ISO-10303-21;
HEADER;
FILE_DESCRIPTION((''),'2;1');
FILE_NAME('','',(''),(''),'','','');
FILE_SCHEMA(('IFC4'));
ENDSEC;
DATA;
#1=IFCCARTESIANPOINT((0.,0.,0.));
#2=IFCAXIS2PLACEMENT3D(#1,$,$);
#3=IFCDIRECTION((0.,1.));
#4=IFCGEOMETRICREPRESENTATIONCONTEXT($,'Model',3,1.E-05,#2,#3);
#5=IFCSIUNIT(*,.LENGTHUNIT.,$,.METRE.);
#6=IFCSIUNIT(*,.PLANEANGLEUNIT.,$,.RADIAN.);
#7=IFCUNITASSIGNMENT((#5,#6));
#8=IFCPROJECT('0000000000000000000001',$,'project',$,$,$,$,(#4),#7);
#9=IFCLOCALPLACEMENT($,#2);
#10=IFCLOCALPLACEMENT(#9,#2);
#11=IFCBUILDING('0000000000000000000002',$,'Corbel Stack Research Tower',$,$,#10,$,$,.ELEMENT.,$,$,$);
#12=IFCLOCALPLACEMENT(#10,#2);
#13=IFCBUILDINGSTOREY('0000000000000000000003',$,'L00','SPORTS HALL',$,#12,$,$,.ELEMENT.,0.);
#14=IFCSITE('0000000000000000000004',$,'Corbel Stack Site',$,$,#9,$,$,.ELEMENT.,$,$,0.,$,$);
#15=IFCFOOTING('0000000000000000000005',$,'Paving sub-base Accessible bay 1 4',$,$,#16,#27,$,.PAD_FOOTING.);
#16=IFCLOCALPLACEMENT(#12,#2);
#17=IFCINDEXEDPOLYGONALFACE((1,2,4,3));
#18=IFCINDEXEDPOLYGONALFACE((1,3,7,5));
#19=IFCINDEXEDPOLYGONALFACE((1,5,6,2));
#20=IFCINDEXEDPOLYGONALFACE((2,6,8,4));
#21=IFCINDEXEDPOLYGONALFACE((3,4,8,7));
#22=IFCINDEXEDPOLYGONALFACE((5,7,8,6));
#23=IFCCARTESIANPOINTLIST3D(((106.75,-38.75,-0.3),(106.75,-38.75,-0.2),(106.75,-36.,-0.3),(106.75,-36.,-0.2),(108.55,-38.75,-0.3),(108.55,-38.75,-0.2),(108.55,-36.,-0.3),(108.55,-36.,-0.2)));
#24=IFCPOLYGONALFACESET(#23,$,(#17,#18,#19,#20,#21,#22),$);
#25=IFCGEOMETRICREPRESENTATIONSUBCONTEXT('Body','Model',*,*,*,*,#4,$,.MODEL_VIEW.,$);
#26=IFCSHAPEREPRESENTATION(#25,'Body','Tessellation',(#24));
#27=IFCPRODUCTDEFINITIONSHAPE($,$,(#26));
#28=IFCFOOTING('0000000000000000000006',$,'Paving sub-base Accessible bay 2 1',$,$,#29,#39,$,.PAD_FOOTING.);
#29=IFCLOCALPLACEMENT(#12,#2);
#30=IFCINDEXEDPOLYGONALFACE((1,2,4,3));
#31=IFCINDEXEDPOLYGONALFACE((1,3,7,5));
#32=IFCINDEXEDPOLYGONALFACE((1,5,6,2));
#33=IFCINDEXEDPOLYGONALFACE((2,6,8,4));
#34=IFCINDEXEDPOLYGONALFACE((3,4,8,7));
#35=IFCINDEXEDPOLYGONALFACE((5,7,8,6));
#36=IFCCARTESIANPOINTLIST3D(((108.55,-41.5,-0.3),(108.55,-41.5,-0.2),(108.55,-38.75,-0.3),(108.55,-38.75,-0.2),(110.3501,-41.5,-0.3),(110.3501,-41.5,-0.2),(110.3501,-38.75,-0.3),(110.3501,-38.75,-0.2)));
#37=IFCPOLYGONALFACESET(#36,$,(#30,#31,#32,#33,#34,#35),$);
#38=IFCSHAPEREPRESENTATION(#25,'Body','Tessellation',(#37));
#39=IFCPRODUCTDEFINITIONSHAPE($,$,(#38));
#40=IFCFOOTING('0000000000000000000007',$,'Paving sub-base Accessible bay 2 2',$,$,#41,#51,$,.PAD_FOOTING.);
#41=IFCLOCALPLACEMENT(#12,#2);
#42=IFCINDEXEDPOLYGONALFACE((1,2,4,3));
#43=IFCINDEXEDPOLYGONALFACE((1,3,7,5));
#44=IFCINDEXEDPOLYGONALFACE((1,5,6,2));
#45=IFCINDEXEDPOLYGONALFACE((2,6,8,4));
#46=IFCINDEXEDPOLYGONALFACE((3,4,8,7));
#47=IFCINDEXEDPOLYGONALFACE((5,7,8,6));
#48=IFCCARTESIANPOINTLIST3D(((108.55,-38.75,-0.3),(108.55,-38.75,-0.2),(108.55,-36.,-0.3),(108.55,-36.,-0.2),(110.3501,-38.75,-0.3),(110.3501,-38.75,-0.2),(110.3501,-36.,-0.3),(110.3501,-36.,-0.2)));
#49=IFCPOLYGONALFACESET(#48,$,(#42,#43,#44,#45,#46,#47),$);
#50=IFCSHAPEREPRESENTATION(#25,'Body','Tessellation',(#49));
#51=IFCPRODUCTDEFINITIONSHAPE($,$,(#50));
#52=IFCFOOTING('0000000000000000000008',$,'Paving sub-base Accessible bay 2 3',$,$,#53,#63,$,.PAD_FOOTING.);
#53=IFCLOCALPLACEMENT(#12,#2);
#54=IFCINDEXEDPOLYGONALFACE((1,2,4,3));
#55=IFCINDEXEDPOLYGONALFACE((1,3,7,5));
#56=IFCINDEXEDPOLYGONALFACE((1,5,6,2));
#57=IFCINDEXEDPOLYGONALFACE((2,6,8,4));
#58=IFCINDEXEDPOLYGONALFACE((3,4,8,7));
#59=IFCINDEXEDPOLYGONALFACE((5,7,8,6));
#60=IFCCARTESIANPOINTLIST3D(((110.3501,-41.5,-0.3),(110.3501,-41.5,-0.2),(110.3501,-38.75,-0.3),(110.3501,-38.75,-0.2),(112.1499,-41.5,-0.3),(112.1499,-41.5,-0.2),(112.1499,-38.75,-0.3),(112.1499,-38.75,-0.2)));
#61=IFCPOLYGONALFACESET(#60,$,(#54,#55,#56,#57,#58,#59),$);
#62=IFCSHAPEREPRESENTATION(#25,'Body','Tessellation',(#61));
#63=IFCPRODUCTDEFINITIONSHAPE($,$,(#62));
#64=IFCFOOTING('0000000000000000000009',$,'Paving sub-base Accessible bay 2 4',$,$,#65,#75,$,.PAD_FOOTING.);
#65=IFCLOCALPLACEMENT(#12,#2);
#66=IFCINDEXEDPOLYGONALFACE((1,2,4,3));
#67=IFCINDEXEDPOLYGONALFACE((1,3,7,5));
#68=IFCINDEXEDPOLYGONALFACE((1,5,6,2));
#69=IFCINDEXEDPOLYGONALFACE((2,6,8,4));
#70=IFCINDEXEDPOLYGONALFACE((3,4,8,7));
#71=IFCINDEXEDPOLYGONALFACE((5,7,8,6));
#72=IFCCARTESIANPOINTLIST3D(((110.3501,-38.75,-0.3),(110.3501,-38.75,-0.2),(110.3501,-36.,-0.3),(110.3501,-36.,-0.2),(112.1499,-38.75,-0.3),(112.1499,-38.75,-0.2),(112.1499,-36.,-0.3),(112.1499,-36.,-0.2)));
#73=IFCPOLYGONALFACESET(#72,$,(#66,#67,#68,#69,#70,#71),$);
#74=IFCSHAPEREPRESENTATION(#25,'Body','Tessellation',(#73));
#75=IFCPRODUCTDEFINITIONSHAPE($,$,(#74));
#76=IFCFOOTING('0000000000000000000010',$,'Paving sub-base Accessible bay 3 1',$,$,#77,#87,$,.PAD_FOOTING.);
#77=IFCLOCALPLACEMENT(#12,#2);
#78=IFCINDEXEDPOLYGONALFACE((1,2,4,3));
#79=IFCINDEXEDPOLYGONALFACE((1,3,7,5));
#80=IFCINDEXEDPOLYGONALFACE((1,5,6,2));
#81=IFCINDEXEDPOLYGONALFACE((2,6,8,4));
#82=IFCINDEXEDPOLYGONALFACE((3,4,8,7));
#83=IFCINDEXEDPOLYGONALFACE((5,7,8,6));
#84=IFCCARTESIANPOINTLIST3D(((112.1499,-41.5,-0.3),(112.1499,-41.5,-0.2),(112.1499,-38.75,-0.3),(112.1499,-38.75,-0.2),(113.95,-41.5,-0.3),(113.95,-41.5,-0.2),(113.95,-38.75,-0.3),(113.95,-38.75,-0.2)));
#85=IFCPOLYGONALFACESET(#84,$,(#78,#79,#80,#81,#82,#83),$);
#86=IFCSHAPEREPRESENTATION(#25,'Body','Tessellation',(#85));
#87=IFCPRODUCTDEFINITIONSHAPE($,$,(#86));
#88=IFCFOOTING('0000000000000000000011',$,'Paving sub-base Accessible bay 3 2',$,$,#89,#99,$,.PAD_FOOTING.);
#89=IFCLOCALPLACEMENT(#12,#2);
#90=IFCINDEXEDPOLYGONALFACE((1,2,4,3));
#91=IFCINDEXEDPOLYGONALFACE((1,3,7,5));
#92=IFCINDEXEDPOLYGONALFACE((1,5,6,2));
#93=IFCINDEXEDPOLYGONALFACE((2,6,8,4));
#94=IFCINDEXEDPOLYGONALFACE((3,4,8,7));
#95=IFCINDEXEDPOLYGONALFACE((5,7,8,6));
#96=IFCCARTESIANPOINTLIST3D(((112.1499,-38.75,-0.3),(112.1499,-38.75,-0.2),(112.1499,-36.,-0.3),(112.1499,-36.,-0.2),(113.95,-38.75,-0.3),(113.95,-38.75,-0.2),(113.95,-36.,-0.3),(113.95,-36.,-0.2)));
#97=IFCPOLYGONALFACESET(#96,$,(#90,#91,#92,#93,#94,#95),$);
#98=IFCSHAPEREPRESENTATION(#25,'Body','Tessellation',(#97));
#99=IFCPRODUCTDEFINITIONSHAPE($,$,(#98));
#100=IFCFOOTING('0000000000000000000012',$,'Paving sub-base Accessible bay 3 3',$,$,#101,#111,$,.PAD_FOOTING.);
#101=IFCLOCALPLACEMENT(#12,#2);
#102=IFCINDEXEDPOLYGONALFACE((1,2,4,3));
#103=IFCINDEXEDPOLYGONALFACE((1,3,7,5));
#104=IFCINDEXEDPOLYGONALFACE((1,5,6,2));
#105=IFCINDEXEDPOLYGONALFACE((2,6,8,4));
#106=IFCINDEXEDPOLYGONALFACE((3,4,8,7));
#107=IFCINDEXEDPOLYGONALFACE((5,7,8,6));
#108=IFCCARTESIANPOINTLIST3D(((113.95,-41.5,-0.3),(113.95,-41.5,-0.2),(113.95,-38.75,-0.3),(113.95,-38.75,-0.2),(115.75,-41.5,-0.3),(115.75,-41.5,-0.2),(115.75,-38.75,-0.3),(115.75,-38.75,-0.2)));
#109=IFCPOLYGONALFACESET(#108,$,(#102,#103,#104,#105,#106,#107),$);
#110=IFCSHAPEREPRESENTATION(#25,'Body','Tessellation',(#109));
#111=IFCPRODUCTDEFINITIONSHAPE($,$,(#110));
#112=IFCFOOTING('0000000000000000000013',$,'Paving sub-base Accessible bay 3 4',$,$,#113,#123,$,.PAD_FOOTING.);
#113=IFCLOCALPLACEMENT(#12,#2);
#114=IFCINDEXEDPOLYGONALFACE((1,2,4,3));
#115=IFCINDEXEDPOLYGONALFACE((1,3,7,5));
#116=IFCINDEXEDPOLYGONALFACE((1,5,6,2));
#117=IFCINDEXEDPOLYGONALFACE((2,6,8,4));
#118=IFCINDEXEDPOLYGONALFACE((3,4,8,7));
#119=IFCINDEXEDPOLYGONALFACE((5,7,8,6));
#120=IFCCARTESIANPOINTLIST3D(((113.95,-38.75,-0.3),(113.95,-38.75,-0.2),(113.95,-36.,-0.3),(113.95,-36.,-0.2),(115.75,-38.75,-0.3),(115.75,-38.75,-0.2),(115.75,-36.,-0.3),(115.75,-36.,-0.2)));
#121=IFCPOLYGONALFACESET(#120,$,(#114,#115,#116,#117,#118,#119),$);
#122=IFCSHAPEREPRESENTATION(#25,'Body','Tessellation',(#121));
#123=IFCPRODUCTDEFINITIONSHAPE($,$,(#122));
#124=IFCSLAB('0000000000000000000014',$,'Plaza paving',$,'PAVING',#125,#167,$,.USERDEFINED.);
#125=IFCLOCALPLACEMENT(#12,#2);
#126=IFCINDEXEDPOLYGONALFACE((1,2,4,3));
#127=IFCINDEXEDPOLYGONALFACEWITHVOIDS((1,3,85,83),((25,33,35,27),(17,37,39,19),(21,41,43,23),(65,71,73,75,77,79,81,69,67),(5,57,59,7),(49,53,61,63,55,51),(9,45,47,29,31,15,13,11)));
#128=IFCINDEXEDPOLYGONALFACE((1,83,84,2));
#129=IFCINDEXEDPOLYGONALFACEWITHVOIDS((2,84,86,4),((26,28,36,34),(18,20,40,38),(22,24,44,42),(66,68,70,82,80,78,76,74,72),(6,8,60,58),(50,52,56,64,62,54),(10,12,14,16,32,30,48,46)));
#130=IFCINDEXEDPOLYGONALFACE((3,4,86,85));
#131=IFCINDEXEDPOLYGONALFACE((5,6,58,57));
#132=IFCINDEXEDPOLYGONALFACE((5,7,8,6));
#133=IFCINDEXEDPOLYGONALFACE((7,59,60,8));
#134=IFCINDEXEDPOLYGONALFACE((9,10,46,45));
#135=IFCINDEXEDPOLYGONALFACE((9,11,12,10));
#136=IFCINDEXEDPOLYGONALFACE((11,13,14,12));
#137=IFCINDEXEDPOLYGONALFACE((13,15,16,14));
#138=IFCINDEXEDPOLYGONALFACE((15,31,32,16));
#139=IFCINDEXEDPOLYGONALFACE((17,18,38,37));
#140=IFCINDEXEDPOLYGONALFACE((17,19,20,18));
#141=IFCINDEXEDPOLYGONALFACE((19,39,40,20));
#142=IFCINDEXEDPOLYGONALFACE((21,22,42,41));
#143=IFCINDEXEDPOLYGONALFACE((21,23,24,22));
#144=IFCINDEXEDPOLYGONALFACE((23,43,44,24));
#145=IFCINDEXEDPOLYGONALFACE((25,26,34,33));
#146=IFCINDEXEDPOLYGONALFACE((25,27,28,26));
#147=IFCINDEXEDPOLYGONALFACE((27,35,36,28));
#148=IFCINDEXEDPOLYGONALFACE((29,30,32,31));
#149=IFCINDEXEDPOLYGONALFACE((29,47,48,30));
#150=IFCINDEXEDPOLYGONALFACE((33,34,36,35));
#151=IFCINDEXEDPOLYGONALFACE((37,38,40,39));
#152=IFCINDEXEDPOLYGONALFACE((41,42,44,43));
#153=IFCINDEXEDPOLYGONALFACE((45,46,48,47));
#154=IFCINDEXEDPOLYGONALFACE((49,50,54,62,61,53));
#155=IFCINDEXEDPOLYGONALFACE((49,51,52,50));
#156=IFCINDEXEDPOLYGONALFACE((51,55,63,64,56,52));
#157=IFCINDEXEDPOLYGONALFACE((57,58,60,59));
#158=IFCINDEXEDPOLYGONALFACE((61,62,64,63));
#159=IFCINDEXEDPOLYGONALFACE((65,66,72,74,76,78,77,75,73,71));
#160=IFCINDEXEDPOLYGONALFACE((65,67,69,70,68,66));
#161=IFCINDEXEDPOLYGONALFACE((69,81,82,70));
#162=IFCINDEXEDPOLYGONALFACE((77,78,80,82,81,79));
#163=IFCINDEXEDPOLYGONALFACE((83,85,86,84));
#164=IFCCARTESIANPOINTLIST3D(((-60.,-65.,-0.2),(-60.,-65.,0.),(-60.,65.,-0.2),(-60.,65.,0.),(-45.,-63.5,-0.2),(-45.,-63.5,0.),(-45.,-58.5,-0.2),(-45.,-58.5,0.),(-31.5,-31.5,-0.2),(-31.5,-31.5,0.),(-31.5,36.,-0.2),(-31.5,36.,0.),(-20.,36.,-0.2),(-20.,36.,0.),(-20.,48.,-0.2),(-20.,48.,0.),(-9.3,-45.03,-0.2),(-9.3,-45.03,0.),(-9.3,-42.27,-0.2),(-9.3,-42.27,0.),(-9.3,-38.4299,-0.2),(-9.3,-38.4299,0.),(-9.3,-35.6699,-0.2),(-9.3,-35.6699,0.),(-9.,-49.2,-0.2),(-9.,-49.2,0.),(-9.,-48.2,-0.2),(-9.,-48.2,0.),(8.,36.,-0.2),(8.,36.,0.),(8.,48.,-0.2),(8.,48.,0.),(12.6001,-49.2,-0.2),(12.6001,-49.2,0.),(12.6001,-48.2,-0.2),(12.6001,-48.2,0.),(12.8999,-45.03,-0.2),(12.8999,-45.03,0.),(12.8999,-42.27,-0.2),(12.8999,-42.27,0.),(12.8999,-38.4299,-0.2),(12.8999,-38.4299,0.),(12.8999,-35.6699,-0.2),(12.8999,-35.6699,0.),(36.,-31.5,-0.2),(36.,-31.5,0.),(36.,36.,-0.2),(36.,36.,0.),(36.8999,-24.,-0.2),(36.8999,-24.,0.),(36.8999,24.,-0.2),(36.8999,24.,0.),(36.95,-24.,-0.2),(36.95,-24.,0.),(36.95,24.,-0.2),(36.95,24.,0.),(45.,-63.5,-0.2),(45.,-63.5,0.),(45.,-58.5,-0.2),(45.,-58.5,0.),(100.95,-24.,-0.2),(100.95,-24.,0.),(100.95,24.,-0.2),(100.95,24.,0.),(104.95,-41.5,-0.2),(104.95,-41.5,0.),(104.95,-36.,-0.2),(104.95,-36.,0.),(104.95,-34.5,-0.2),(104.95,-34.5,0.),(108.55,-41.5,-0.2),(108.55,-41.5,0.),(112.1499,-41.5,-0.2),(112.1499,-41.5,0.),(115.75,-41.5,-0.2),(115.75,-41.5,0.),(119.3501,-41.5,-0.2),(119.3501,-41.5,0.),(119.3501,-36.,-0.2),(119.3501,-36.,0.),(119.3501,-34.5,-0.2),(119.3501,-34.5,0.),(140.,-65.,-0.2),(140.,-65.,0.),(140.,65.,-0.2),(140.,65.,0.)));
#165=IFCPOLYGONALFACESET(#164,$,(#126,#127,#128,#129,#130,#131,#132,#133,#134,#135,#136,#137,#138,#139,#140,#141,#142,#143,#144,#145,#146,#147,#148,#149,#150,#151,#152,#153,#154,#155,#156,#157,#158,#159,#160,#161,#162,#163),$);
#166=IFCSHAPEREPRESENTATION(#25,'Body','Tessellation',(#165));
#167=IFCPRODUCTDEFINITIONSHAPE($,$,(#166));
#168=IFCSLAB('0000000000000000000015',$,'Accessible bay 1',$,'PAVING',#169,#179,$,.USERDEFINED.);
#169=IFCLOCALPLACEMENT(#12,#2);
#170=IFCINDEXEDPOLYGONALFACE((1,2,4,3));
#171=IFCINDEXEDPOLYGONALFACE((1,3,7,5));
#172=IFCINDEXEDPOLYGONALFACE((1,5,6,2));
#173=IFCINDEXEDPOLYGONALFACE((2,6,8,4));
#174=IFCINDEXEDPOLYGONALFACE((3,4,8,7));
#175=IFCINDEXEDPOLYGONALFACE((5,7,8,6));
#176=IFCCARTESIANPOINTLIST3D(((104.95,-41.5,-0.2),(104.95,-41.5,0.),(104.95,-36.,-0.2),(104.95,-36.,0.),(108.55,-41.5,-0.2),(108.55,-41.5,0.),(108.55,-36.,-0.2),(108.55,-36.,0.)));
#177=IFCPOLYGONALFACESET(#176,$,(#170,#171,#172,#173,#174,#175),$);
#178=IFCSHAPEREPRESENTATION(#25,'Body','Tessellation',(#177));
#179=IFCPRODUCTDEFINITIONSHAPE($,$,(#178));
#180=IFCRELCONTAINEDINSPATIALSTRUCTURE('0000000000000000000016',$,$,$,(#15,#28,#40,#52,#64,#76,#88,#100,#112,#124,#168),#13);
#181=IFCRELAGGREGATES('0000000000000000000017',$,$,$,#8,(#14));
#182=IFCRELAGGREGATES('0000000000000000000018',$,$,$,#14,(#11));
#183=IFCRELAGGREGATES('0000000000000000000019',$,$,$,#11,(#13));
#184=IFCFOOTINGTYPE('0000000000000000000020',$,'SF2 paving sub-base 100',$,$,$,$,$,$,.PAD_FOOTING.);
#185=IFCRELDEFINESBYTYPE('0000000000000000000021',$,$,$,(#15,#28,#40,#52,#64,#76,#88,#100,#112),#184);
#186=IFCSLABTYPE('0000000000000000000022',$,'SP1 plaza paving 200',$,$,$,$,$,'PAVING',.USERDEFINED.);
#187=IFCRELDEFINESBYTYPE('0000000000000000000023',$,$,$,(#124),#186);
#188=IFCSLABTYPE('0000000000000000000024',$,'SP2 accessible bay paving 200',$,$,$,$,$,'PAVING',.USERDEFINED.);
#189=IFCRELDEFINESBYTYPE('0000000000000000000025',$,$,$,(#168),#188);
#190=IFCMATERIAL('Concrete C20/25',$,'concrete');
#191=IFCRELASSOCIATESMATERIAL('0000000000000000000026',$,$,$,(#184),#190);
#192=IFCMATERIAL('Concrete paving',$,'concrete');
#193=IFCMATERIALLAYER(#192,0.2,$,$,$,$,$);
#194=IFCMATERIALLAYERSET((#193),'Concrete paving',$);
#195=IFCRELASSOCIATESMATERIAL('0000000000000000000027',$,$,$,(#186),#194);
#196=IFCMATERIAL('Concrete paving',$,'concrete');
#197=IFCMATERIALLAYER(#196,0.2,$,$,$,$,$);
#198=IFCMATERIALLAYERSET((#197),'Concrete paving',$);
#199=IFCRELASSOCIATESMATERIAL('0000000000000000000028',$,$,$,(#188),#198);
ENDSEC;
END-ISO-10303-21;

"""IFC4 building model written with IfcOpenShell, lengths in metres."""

from ifc_helpers import new_model, si_unit, direction, frame, origin, place, context, subcontext, project, spatial, polyline, outline, extrude, material, layer, layer_set, type_object, element, save


model = new_model("IFC4")

# Units and contexts
model_context = context("Model", 3, precision=1e-05, world=origin(), true_north=direction((0.0, 1.0)))
body_context = subcontext(model_context, "Body", "Model", "MODEL_VIEW")
ifc_project = project(units=[si_unit("LENGTHUNIT", "METRE"), si_unit("PLANEANGLEUNIT", "RADIAN")], contexts=[model_context])

# Site, building, storey
site_placement = place(None, origin())
site = spatial("IfcSite", under=ifc_project, at=site_placement, Name="Corbel Stack Site", CompositionType="ELEMENT", RefElevation=0.0)
building_placement = place(site_placement, origin())
building = spatial("IfcBuilding", under=site, at=building_placement, Name="Corbel Stack Research Tower", CompositionType="ELEMENT")
storey_placement = place(building_placement, origin())
storey = spatial("IfcBuildingStorey", under=building, at=storey_placement, Name="L00", Description="SPORTS HALL", CompositionType="ELEMENT", Elevation=0.0)

# Footings
ifc_material_1 = material(Name="Concrete C20/25", Category="concrete")
footing_type_1 = type_object("IfcFootingType", Name="SF2 paving sub-base 100", PredefinedType="PAD_FOOTING", material=ifc_material_1)
footing_1_placement = place(storey_placement, frame((0.0, 0.0, -0.3)))
element("IfcFooting", 1, at=footing_1_placement, inside=storey, type_object=footing_type_1, Name="Paving sub-base Accessible bay 1 4", PredefinedType="PAD_FOOTING", context=body_context, shape_type="SweptSolid", body=[
    extrude(outline(polyline([(108.55, -38.75), (106.75, -38.75), (106.75, -36.0), (108.55, -36.0), (108.55, -38.75)])), origin(), (0.0, 0.0, 1.0), 0.1001),
])
footing_2_placement = place(storey_placement, frame((0.0, 0.0, -0.3)))
element("IfcFooting", 2, at=footing_2_placement, inside=storey, type_object=footing_type_1, Name="Paving sub-base Accessible bay 2 1", PredefinedType="PAD_FOOTING", context=body_context, shape_type="SweptSolid", body=[
    extrude(outline(polyline([(110.3501, -38.75), (110.3501, -41.5), (108.55, -41.5), (108.55, -38.75), (110.3501, -38.75)])), origin(), (0.0, 0.0, 1.0), 0.1001),
])
footing_3_placement = place(storey_placement, frame((0.0, 0.0, -0.3)))
element("IfcFooting", 3, at=footing_3_placement, inside=storey, type_object=footing_type_1, Name="Paving sub-base Accessible bay 2 2", PredefinedType="PAD_FOOTING", context=body_context, shape_type="SweptSolid", body=[
    extrude(outline(polyline([(110.3501, -38.75), (108.55, -38.75), (108.55, -36.0), (110.3501, -36.0), (110.3501, -38.75)])), origin(), (0.0, 0.0, 1.0), 0.1001),
])
footing_4_placement = place(storey_placement, frame((0.0, 0.0, -0.3)))
element("IfcFooting", 4, at=footing_4_placement, inside=storey, type_object=footing_type_1, Name="Paving sub-base Accessible bay 2 3", PredefinedType="PAD_FOOTING", context=body_context, shape_type="SweptSolid", body=[
    extrude(outline(polyline([(112.1499, -41.5), (110.3501, -41.5), (110.3501, -38.75), (112.1499, -38.75), (112.1499, -41.5)])), origin(), (0.0, 0.0, 1.0), 0.1001),
])
footing_5_placement = place(storey_placement, frame((0.0, 0.0, -0.3)))
element("IfcFooting", 5, at=footing_5_placement, inside=storey, type_object=footing_type_1, Name="Paving sub-base Accessible bay 2 4", PredefinedType="PAD_FOOTING", context=body_context, shape_type="SweptSolid", body=[
    extrude(outline(polyline([(112.1499, -38.75), (110.3501, -38.75), (110.3501, -36.0), (112.1499, -36.0), (112.1499, -38.75)])), origin(), (0.0, 0.0, 1.0), 0.1001),
])
footing_6_placement = place(storey_placement, frame((0.0, 0.0, -0.3)))
element("IfcFooting", 6, at=footing_6_placement, inside=storey, type_object=footing_type_1, Name="Paving sub-base Accessible bay 3 1", PredefinedType="PAD_FOOTING", context=body_context, shape_type="SweptSolid", body=[
    extrude(outline(polyline([(113.95, -38.75), (113.95, -41.5), (112.1499, -41.5), (112.1499, -38.75), (113.95, -38.75)])), origin(), (0.0, 0.0, 1.0), 0.1001),
])
footing_7_placement = place(storey_placement, frame((0.0, 0.0, -0.3)))
element("IfcFooting", 7, at=footing_7_placement, inside=storey, type_object=footing_type_1, Name="Paving sub-base Accessible bay 3 2", PredefinedType="PAD_FOOTING", context=body_context, shape_type="SweptSolid", body=[
    extrude(outline(polyline([(113.95, -38.75), (112.1499, -38.75), (112.1499, -36.0), (113.95, -36.0), (113.95, -38.75)])), origin(), (0.0, 0.0, 1.0), 0.1001),
])
footing_8_placement = place(storey_placement, frame((0.0, 0.0, -0.3)))
element("IfcFooting", 8, at=footing_8_placement, inside=storey, type_object=footing_type_1, Name="Paving sub-base Accessible bay 3 3", PredefinedType="PAD_FOOTING", context=body_context, shape_type="SweptSolid", body=[
    extrude(outline(polyline([(115.75, -41.5), (113.95, -41.5), (113.95, -38.75), (115.75, -38.75), (115.75, -41.5)])), origin(), (0.0, 0.0, 1.0), 0.1001),
])
footing_9_placement = place(storey_placement, frame((0.0, 0.0, -0.3)))
element("IfcFooting", 9, at=footing_9_placement, inside=storey, type_object=footing_type_1, Name="Paving sub-base Accessible bay 3 4", PredefinedType="PAD_FOOTING", context=body_context, shape_type="SweptSolid", body=[
    extrude(outline(polyline([(115.75, -38.75), (113.95, -38.75), (113.95, -36.0), (115.75, -36.0), (115.75, -38.75)])), origin(), (0.0, 0.0, 1.0), 0.1001),
])

# Slabs
ifc_material_2 = material(Name="Concrete paving", Category="concrete")
ifc_layer_1 = layer(ifc_material_2, 0.2)
ifc_layer_set_1 = layer_set([ifc_layer_1], Name="Concrete paving")
slab_type_1 = type_object("IfcSlabType", Name="SP1 plaza paving 200", ElementType="PAVING", PredefinedType="USERDEFINED", material=ifc_layer_set_1)
slab_1_placement = place(storey_placement, frame((0.0, 0.0, -0.2)))
element("IfcSlab", 10, at=slab_1_placement, inside=storey, type_object=slab_type_1, Name="Plaza paving", ObjectType="PAVING", PredefinedType="USERDEFINED", context=body_context, shape_type="SweptSolid", body=[
    extrude(outline(polyline([(-60.0, 65.0), (140.0, 65.0), (140.0, -65.0), (-60.0, -65.0), (-60.0, 65.0)]), holes=[polyline([(112.1499, -41.5), (115.75, -41.5), (119.3501, -41.5), (119.3501, -36.0), (119.3501, -34.5), (104.95, -34.5), (104.95, -36.0), (104.95, -41.5), (108.55, -41.5), (112.1499, -41.5)]), polyline([(100.95, -24.0), (100.95, 24.0), (36.95, 24.0), (36.8999, 24.0), (36.8999, -24.0), (36.95, -24.0), (100.95, -24.0)]), polyline([(-45.0, -58.5), (-45.0, -63.5), (45.0, -63.5), (45.0, -58.5), (-45.0, -58.5)]), polyline([(36.0, -31.5), (36.0, 36.0), (8.0, 36.0), (8.0, 48.0), (-20.0, 48.0), (-20.0, 36.0), (-31.5, 36.0), (-31.5, -31.5), (36.0, -31.5)]), polyline([(-9.3, -42.27), (-9.3, -45.03), (12.8999, -45.03), (12.8999, -42.27), (-9.3, -42.27)]), polyline([(-9.3, -35.6699), (-9.3, -38.4299), (12.8999, -38.4299), (12.8999, -35.6699), (-9.3, -35.6699)]), polyline([(-9.0, -48.2), (-9.0, -49.2), (12.6001, -49.2), (12.6001, -48.2), (-9.0, -48.2)])]), origin(), (0.0, 0.0, 1.0), 0.2),
])
ifc_material_3 = material(Name="Concrete paving", Category="concrete")
ifc_layer_2 = layer(ifc_material_3, 0.2)
ifc_layer_set_2 = layer_set([ifc_layer_2], Name="Concrete paving")
slab_type_2 = type_object("IfcSlabType", Name="SP2 accessible bay paving 200", ElementType="PAVING", PredefinedType="USERDEFINED", material=ifc_layer_set_2)
slab_2_placement = place(storey_placement, frame((0.0, 0.0, -0.2)))
element("IfcSlab", 11, at=slab_2_placement, inside=storey, type_object=slab_type_2, Name="Accessible bay 1", ObjectType="PAVING", PredefinedType="USERDEFINED", context=body_context, shape_type="SweptSolid", body=[
    extrude(outline(polyline([(108.55, -41.5), (104.95, -41.5), (104.95, -36.0), (108.55, -36.0), (108.55, -41.5)])), origin(), (0.0, 0.0, 1.0), 0.2),
])

save(model, "model.ifc")
